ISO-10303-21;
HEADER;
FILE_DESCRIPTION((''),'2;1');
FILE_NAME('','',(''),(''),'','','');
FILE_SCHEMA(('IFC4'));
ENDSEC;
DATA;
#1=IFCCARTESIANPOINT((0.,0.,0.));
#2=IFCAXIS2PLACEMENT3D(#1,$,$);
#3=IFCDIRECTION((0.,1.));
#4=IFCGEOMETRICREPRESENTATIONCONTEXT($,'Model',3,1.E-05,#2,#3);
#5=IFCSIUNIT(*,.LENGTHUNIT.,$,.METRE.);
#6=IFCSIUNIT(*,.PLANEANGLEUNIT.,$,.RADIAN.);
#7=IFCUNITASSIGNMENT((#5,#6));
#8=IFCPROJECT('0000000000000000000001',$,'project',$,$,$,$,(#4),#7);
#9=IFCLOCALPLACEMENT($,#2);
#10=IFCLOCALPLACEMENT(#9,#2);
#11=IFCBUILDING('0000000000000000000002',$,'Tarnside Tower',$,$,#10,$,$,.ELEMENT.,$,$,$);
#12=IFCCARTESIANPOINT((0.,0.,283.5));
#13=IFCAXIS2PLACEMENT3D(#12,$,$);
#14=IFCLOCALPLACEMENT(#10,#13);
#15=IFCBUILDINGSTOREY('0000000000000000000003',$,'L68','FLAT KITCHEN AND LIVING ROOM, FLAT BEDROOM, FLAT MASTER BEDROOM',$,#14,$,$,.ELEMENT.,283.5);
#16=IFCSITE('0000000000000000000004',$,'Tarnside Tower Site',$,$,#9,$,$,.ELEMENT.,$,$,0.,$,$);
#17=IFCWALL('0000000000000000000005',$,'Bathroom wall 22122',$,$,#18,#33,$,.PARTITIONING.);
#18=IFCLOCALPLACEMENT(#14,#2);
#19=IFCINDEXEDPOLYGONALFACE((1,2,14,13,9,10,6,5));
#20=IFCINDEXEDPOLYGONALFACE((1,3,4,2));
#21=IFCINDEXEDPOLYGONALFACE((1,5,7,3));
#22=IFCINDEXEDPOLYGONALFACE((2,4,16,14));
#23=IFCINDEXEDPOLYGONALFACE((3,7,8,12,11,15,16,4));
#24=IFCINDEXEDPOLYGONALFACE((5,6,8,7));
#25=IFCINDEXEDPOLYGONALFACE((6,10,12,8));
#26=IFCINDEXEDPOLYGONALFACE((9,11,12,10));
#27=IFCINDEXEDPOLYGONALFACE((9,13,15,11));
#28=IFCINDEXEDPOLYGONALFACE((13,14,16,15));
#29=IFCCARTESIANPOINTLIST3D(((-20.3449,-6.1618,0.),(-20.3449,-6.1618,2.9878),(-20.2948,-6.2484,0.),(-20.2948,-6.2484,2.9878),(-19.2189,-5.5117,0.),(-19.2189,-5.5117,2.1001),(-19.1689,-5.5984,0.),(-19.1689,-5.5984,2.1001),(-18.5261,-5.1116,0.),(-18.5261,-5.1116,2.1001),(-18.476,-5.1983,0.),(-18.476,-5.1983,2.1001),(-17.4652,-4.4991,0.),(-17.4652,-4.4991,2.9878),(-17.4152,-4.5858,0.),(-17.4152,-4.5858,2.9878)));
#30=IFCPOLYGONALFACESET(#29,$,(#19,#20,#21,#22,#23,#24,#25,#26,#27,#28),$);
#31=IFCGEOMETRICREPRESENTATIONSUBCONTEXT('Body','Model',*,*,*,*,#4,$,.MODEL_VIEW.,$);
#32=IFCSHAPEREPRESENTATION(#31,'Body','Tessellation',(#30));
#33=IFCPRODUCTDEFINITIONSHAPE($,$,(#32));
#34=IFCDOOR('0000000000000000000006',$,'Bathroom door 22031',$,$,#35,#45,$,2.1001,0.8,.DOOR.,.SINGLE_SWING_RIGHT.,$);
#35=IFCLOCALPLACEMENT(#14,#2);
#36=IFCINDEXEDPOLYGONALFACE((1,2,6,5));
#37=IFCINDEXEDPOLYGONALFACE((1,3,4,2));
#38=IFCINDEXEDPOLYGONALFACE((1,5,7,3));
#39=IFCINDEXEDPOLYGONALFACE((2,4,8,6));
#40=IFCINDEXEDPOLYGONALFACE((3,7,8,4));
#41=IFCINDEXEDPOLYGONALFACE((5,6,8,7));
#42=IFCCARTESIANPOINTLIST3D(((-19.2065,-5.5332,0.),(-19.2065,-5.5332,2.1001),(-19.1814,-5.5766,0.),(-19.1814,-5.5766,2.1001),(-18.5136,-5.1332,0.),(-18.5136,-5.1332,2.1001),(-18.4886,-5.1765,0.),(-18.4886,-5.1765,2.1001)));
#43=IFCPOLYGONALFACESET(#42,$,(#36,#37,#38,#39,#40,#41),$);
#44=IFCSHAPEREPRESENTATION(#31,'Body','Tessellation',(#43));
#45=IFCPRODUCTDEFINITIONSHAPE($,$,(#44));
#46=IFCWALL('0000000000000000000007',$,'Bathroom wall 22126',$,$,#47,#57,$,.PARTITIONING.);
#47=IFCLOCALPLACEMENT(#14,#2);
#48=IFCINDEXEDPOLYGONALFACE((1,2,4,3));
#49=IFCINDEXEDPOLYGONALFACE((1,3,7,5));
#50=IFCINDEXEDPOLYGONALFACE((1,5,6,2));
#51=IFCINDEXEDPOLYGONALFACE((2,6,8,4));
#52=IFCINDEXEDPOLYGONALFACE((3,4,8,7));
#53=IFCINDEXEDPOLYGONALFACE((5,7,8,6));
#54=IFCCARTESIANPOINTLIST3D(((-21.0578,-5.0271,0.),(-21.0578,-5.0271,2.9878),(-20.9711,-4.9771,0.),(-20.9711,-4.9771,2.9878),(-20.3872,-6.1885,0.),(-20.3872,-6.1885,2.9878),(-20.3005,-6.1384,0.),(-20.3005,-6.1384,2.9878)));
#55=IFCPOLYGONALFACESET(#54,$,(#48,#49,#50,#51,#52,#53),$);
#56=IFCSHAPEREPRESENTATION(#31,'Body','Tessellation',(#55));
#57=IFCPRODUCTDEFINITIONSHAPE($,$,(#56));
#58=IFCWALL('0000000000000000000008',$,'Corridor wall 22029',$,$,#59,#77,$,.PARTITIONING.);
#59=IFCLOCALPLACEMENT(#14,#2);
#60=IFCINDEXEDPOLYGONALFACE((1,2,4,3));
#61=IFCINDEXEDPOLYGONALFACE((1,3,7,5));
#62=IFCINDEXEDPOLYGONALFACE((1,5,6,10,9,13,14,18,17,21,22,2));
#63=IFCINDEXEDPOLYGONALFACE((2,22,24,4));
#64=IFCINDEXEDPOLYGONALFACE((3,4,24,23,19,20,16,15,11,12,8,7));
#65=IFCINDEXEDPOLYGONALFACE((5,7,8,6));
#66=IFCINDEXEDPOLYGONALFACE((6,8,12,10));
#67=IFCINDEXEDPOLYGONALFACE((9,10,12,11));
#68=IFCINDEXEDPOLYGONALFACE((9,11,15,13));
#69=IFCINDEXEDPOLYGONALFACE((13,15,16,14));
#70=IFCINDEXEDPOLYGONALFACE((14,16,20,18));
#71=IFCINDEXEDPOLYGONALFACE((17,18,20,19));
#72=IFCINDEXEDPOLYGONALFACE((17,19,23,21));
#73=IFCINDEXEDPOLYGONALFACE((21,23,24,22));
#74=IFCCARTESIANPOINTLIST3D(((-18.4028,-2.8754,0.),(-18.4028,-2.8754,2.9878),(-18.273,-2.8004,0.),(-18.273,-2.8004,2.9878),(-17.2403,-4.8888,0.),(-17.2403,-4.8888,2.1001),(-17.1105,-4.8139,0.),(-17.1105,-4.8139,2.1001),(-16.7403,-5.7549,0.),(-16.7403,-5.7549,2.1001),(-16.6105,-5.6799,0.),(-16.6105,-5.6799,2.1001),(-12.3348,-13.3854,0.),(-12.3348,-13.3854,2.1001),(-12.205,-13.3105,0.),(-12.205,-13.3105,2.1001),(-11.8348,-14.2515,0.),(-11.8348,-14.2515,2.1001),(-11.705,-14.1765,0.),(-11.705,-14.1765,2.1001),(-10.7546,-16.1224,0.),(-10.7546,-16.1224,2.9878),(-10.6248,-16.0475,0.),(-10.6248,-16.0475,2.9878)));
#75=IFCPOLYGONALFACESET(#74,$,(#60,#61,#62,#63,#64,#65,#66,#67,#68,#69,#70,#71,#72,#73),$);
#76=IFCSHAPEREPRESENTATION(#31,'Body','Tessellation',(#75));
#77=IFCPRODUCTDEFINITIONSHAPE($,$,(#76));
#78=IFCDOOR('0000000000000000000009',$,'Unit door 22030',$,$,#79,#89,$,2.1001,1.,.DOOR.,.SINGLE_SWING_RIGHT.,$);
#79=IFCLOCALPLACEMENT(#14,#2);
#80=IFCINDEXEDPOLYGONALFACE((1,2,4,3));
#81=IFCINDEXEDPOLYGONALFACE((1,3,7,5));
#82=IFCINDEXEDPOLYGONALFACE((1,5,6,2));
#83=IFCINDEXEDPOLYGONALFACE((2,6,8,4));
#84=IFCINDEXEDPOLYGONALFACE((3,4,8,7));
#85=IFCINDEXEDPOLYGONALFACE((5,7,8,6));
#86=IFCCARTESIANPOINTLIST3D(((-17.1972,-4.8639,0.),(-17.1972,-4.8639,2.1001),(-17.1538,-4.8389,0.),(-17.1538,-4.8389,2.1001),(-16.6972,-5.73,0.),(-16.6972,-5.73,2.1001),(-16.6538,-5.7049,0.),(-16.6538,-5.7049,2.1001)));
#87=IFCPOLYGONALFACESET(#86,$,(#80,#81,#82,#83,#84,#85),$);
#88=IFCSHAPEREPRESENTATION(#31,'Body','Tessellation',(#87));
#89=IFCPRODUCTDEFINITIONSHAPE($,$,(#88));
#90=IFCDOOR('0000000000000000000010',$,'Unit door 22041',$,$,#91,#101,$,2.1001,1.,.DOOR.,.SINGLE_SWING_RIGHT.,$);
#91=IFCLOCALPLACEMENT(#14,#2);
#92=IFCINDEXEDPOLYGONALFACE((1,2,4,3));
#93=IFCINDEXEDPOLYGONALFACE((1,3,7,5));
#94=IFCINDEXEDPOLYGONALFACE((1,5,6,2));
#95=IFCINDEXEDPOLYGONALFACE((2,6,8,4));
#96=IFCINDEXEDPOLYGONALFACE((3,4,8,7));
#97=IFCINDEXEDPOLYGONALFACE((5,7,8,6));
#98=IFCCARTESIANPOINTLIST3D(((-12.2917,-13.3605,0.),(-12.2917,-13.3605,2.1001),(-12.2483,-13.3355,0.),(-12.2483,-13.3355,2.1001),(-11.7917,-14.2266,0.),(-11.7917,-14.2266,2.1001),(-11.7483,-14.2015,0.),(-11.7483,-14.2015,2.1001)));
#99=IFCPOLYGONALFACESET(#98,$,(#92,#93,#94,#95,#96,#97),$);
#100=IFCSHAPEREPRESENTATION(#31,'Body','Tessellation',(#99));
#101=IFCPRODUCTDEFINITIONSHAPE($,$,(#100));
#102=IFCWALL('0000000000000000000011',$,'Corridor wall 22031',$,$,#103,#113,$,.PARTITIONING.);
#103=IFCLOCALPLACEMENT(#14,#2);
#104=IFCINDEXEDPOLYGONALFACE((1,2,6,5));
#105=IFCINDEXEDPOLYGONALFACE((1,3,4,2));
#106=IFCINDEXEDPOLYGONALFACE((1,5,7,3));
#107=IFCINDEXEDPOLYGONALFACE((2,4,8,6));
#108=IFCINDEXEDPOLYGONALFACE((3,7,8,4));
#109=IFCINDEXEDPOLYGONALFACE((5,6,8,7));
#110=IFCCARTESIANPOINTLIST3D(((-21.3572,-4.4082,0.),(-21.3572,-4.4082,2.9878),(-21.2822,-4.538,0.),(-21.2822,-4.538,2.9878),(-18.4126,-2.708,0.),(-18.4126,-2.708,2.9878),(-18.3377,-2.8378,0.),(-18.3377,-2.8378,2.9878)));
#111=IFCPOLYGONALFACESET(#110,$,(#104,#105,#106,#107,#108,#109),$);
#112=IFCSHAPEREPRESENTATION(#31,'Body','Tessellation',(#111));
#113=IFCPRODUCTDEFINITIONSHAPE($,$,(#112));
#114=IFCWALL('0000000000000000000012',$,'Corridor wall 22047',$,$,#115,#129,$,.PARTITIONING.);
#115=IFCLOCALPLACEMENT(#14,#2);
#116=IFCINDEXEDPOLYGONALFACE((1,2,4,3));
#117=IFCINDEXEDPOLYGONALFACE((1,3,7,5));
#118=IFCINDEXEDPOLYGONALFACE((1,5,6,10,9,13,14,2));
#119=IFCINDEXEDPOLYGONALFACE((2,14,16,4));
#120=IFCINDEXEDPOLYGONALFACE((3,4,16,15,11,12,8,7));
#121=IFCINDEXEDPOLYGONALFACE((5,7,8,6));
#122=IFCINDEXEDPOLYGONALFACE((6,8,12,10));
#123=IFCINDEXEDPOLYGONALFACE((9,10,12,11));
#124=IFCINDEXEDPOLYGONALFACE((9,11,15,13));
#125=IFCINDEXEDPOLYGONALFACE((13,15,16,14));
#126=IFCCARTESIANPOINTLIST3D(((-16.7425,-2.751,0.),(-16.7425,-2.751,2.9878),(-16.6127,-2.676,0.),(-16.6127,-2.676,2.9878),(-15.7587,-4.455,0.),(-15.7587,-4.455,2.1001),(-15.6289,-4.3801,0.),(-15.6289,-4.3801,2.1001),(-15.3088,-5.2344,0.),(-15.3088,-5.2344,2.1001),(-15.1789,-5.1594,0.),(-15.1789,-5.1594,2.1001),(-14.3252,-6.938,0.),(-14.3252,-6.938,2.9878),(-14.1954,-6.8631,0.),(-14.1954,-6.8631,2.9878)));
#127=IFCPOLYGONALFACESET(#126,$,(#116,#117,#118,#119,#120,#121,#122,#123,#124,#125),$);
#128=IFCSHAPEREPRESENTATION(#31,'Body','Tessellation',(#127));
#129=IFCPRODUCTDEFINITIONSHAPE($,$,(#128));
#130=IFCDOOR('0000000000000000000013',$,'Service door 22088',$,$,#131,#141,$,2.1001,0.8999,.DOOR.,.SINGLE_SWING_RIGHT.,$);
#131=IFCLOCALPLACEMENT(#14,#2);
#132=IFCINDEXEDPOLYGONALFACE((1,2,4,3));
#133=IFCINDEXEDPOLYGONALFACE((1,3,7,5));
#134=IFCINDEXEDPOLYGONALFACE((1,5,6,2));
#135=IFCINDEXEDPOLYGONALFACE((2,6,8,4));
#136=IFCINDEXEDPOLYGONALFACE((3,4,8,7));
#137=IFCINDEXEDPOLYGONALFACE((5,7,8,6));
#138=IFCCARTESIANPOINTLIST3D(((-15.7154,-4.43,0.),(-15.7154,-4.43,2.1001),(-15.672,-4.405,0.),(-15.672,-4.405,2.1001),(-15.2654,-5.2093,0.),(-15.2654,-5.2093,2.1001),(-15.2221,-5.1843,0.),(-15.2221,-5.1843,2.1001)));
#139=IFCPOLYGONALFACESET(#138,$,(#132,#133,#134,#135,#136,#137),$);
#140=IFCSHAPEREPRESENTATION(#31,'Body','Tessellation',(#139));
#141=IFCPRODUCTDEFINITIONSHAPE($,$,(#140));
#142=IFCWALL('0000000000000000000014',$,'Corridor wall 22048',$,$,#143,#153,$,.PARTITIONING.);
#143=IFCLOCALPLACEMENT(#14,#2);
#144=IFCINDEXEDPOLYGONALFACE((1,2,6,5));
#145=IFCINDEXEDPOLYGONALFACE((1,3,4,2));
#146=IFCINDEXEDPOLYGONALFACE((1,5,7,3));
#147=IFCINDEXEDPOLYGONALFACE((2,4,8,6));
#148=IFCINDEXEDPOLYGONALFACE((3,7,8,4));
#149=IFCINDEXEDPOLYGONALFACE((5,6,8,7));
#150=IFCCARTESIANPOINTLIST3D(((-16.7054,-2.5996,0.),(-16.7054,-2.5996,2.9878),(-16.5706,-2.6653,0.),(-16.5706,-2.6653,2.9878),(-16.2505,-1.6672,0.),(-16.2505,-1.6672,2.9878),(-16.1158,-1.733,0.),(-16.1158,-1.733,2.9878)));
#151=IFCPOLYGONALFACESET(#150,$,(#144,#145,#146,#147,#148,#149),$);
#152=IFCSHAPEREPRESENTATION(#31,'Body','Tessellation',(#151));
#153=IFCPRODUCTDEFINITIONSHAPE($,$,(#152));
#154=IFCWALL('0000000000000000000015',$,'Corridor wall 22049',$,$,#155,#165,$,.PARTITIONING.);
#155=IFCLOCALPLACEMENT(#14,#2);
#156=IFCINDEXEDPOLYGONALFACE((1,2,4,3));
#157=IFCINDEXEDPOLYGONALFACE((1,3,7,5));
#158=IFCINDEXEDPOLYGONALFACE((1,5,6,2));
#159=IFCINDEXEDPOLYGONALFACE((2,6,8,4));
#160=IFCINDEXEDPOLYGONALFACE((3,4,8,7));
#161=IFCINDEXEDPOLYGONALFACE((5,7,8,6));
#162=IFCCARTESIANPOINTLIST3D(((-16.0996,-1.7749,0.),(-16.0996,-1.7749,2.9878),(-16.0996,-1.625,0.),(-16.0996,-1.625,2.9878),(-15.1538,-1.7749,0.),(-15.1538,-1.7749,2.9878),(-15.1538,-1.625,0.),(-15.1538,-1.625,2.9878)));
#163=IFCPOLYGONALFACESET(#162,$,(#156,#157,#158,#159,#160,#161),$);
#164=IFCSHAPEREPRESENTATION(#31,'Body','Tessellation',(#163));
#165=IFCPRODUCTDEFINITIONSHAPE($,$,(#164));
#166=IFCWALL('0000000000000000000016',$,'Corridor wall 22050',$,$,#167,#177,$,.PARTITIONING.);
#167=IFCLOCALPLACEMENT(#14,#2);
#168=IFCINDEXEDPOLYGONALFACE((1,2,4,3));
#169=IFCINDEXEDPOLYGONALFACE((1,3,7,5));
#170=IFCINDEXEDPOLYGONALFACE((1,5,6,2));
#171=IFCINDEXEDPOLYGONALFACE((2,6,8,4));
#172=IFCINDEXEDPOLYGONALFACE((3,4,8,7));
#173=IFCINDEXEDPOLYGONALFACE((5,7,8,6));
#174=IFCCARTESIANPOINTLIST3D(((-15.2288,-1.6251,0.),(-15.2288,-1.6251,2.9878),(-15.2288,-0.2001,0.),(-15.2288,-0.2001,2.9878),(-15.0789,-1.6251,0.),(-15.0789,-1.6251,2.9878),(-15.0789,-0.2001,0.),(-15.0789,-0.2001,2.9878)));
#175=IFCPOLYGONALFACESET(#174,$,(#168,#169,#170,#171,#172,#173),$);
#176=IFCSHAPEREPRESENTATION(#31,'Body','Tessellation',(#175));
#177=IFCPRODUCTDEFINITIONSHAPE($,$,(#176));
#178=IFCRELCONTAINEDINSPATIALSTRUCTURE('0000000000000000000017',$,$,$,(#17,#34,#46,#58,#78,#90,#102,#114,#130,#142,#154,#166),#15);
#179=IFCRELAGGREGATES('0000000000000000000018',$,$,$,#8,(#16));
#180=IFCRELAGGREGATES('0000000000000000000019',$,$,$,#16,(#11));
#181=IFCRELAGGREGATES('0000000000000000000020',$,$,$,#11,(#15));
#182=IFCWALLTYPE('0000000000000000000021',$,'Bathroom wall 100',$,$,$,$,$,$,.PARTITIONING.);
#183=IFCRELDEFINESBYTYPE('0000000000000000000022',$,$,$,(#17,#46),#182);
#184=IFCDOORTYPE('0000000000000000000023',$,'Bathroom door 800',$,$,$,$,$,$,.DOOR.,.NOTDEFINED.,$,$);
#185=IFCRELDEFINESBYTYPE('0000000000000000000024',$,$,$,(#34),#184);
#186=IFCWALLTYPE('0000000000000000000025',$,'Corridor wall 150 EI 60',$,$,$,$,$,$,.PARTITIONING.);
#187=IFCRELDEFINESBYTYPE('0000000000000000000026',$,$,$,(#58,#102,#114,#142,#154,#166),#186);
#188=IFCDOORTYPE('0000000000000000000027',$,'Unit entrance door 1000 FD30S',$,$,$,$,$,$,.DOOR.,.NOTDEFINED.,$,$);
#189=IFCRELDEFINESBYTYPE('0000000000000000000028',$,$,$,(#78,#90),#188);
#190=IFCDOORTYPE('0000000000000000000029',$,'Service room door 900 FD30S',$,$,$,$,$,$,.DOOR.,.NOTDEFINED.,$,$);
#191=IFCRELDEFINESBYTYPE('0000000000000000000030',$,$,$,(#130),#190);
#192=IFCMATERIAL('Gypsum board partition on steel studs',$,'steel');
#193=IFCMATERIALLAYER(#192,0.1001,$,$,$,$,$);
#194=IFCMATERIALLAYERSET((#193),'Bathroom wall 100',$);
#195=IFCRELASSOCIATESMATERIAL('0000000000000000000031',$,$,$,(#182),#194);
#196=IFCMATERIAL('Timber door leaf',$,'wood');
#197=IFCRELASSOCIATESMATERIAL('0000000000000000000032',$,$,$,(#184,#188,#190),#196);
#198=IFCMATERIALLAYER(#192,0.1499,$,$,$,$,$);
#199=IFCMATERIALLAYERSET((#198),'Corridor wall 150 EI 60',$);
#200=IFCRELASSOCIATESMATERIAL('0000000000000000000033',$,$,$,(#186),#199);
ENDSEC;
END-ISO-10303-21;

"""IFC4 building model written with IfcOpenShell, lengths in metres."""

from ifc_helpers import new_model, si_unit, direction, frame, frame_2d, origin, place, context, subcontext, project, spatial, rectangle, extrude, material, layer, layer_set, type_object, element, fill, save


model = new_model("IFC4")

# Units and contexts
model_context = context("Model", 3, precision=1e-05, world=origin(), true_north=direction((0.0, 1.0)))
body_context = subcontext(model_context, "Body", "Model", "MODEL_VIEW")
ifc_project = project(units=[si_unit("LENGTHUNIT", "METRE"), si_unit("PLANEANGLEUNIT", "RADIAN")], contexts=[model_context])

# Site, building, storey
site_placement = place(None, origin())
site = spatial("IfcSite", under=ifc_project, at=site_placement, Name="Tarnside Tower Site", CompositionType="ELEMENT", RefElevation=0.0)
building_placement = place(site_placement, origin())
building = spatial("IfcBuilding", under=site, at=building_placement, Name="Tarnside Tower", CompositionType="ELEMENT")
storey_placement = place(building_placement, frame((0.0, 0.0, 283.5)))
storey = spatial("IfcBuildingStorey", under=building, at=storey_placement, Name="L68", Description="FLAT KITCHEN AND LIVING ROOM, FLAT BEDROOM, FLAT MASTER BEDROOM", CompositionType="ELEMENT", Elevation=283.5)

# Wall, opening, door
ifc_material_1 = material(Name="Gypsum board partition on steel studs", Category="steel")
ifc_layer_1 = layer(ifc_material_1, 0.1001)
ifc_layer_set_1 = layer_set([ifc_layer_1], Name="Bathroom wall 100")
wall_type_1 = type_object("IfcWallType", Name="Bathroom wall 100", PredefinedType="PARTITIONING", material=ifc_layer_set_1)
wall_1_placement = place(storey_placement, frame((-17.4402, -4.5425, 0.0), z_axis=(0.0, 0.0, 1.0), x_axis=(-0.866021, -0.500008, 0.0)))
wall_1 = element("IfcWall", 1, at=wall_1_placement, inside=storey, type_object=wall_type_1, Name="Bathroom wall 22122", PredefinedType="PARTITIONING", context=body_context, shape_type="SweptSolid", body=[
    extrude(rectangle(XDim=3.3252, YDim=0.1001, at=frame_2d((1.6626, 0.0))), origin(), (0.0, 0.0, 1.0), 2.9878),
])
opening_1_placement = place(wall_1_placement, frame((1.2251, 0.0, 0.0)))
opening_1 = element("IfcOpeningElement", 2, at=opening_1_placement, cuts=wall_1, PredefinedType="OPENING", context=body_context, shape_type="SweptSolid", body=[
    extrude(rectangle(XDim=0.8, YDim=2.1001, at=frame_2d((0.3999, 1.05))), frame((0.0, 0.0601, 0.0), z_axis=(0.0, -1.0, 0.0), x_axis=(1.0, 0.0, 0.0)), (0.0, 0.0, 1.0), 0.1201),
])
ifc_material_2 = material(Name="Timber door leaf", Category="wood")
door_type_1 = type_object("IfcDoorType", Name="Bathroom door 800", OperationType="NOTDEFINED", PredefinedType="DOOR", material=ifc_material_2)
door_1_placement = place(opening_1_placement, origin())
door_1 = element("IfcDoor", 3, at=door_1_placement, inside=storey, type_object=door_type_1, Name="Bathroom door 22031", OperationType="SINGLE_SWING_RIGHT", OverallHeight=2.1001, OverallWidth=0.8, PredefinedType="DOOR", context=body_context, shape_type="SweptSolid", body=[
    extrude(rectangle(XDim=0.8, YDim=2.1001, at=frame_2d((0.3999, 1.05))), frame((0.0, 0.0249, 0.0), z_axis=(0.0, -1.0, 0.0), x_axis=(1.0, 0.0, 0.0)), (0.0, 0.0, 1.0), 0.05),
])
fill(opening_1, door_1)

# Wall
wall_2_placement = place(storey_placement, frame((-21.0144, -5.0022, 0.0), z_axis=(0.0, 0.0, 1.0), x_axis=(0.500074, -0.865982, 0.0)))
element("IfcWall", 4, at=wall_2_placement, inside=storey, type_object=wall_type_1, Name="Bathroom wall 22126", PredefinedType="PARTITIONING", context=body_context, shape_type="SweptSolid", body=[
    extrude(rectangle(XDim=1.3411, YDim=0.1001, at=frame_2d((0.6704, 0.0))), origin(), (0.0, 0.0, 1.0), 2.9878),
])

# Wall, openings, doors
ifc_layer_2 = layer(ifc_material_1, 0.1499)
ifc_layer_set_2 = layer_set([ifc_layer_2], Name="Corridor wall 150 EI 60")
wall_type_2 = type_object("IfcWallType", Name="Corridor wall 150 EI 60", PredefinedType="PARTITIONING", material=ifc_layer_set_2)
wall_3_placement = place(storey_placement, frame((-18.3379, -2.8379, 0.0), z_axis=(0.0, 0.0, 1.0), x_axis=(0.5, -0.866026, 0.0)))
wall_3 = element("IfcWall", 5, at=wall_3_placement, inside=storey, type_object=wall_type_2, Name="Corridor wall 22029", PredefinedType="PARTITIONING", context=body_context, shape_type="SweptSolid", body=[
    extrude(rectangle(XDim=15.2964, YDim=0.1499, at=frame_2d((7.6482, 0.0))), origin(), (0.0, 0.0, 1.0), 2.9878),
])
opening_2_placement = place(wall_3_placement, frame((2.325, 0.0, 0.0)))
opening_2 = element("IfcOpeningElement", 6, at=opening_2_placement, cuts=wall_3, PredefinedType="OPENING", context=body_context, shape_type="SweptSolid", body=[
    extrude(rectangle(XDim=1.0, YDim=2.1001, at=frame_2d((0.5, 1.05))), frame((0.0, 0.085, 0.0), z_axis=(0.0, -1.0, 0.0), x_axis=(1.0, 0.0, 0.0)), (0.0, 0.0, 1.0), 0.1699),
])
opening_3_placement = place(wall_3_placement, frame((12.136, 0.0, 0.0)))
opening_3 = element("IfcOpeningElement", 7, at=opening_3_placement, cuts=wall_3, PredefinedType="OPENING", context=body_context, shape_type="SweptSolid", body=[
    extrude(rectangle(XDim=1.0, YDim=2.1001, at=frame_2d((0.5, 1.05))), frame((0.0, 0.085, 0.0), z_axis=(0.0, -1.0, 0.0), x_axis=(1.0, 0.0, 0.0)), (0.0, 0.0, 1.0), 0.1699),
])
door_type_2 = type_object("IfcDoorType", Name="Unit entrance door 1000 FD30S", OperationType="NOTDEFINED", PredefinedType="DOOR", material=ifc_material_2)
door_2_placement = place(opening_2_placement, origin())
door_2 = element("IfcDoor", 8, at=door_2_placement, inside=storey, type_object=door_type_2, Name="Unit door 22030", OperationType="SINGLE_SWING_RIGHT", OverallHeight=2.1001, OverallWidth=1.0, PredefinedType="DOOR", context=body_context, shape_type="SweptSolid", body=[
    extrude(rectangle(XDim=1.0, YDim=2.1001, at=frame_2d((0.5, 1.05))), frame((0.0, 0.0249, 0.0), z_axis=(0.0, -1.0, 0.0), x_axis=(1.0, 0.0, 0.0)), (0.0, 0.0, 1.0), 0.05),
])
fill(opening_2, door_2)
door_3_placement = place(opening_3_placement, origin())
door_3 = element("IfcDoor", 9, at=door_3_placement, inside=storey, type_object=door_type_2, Name="Unit door 22041", OperationType="SINGLE_SWING_RIGHT", OverallHeight=2.1001, OverallWidth=1.0, PredefinedType="DOOR", context=body_context, shape_type="SweptSolid", body=[
    extrude(rectangle(XDim=1.0, YDim=2.1001, at=frame_2d((0.5, 1.05))), frame((0.0, 0.0249, 0.0), z_axis=(0.0, -1.0, 0.0), x_axis=(1.0, 0.0, 0.0)), (0.0, 0.0, 1.0), 0.05),
])
fill(opening_3, door_3)

# Wall
wall_4_placement = place(storey_placement, frame((-21.3198, -4.4731, 0.0), z_axis=(0.0, 0.0, 1.0), x_axis=(0.866007, 0.500031, 0.0)))
element("IfcWall", 10, at=wall_4_placement, inside=storey, type_object=wall_type_2, Name="Corridor wall 22031", PredefinedType="PARTITIONING", context=body_context, shape_type="SweptSolid", body=[
    extrude(rectangle(XDim=3.4001, YDim=0.1499, at=frame_2d((1.7002, 0.0))), origin(), (0.0, 0.0, 1.0), 2.9878),
])

# Wall, opening, door
wall_5_placement = place(storey_placement, frame((-14.2603, -6.9006, 0.0), z_axis=(0.0, 0.0, 1.0), x_axis=(-0.499979, 0.866038, 0.0)))
wall_5 = element("IfcWall", 11, at=wall_5_placement, inside=storey, type_object=wall_type_2, Name="Corridor wall 22047", PredefinedType="PARTITIONING", context=body_context, shape_type="SweptSolid", body=[
    extrude(rectangle(XDim=4.8347, YDim=0.1499, at=frame_2d((2.4175, 0.0))), origin(), (0.0, 0.0, 1.0), 2.9878),
])
opening_4_placement = place(wall_5_placement, frame((1.9673, 0.0, 0.0)))
opening_4 = element("IfcOpeningElement", 12, at=opening_4_placement, cuts=wall_5, PredefinedType="OPENING", context=body_context, shape_type="SweptSolid", body=[
    extrude(rectangle(XDim=0.8999, YDim=2.1001, at=frame_2d((0.45, 1.05))), frame((0.0, 0.085, 0.0), z_axis=(0.0, -1.0, 0.0), x_axis=(1.0, 0.0, 0.0)), (0.0, 0.0, 1.0), 0.1699),
])
door_type_3 = type_object("IfcDoorType", Name="Service room door 900 FD30S", OperationType="NOTDEFINED", PredefinedType="DOOR", material=ifc_material_2)
door_4_placement = place(opening_4_placement, origin())
door_4 = element("IfcDoor", 13, at=door_4_placement, inside=storey, type_object=door_type_3, Name="Service door 22088", OperationType="SINGLE_SWING_RIGHT", OverallHeight=2.1001, OverallWidth=0.8999, PredefinedType="DOOR", context=body_context, shape_type="SweptSolid", body=[
    extrude(rectangle(XDim=0.8999, YDim=2.1001, at=frame_2d((0.45, 1.05))), frame((0.0, 0.0249, 0.0), z_axis=(0.0, -1.0, 0.0), x_axis=(1.0, 0.0, 0.0)), (0.0, 0.0, 1.0), 0.05),
])
fill(opening_4, door_4)

# Walls
wall_6_placement = place(storey_placement, frame((-16.6379, -2.6323, 0.0), z_axis=(0.0, 0.0, 1.0), x_axis=(0.438438, 0.898762, 0.0)))
element("IfcWall", 14, at=wall_6_placement, inside=storey, type_object=wall_type_2, Name="Corridor wall 22048", PredefinedType="PARTITIONING", context=body_context, shape_type="SweptSolid", body=[
    extrude(rectangle(XDim=1.0374, YDim=0.1499, at=frame_2d((0.5186, 0.0))), origin(), (0.0, 0.0, 1.0), 2.9878),
])
wall_7_placement = place(storey_placement, frame((-16.0996, -1.7, 0.0), z_axis=(0.0, 0.0, 1.0), x_axis=(1.0, 0.0, 0.0)))
element("IfcWall", 15, at=wall_7_placement, inside=storey, type_object=wall_type_2, Name="Corridor wall 22049", PredefinedType="PARTITIONING", context=body_context, shape_type="SweptSolid", body=[
    extrude(rectangle(XDim=0.9458, YDim=0.1499, at=frame_2d((0.4729, 0.0))), origin(), (0.0, 0.0, 1.0), 2.9878),
])
wall_8_placement = place(storey_placement, frame((-15.1538, -1.625, 0.0), z_axis=(0.0, 0.0, 1.0), x_axis=(0.0, 1.0, 0.0)))
element("IfcWall", 16, at=wall_8_placement, inside=storey, type_object=wall_type_2, Name="Corridor wall 22050", PredefinedType="PARTITIONING", context=body_context, shape_type="SweptSolid", body=[
    extrude(rectangle(XDim=1.425, YDim=0.1499, at=frame_2d((0.7124, 0.0))), origin(), (0.0, 0.0, 1.0), 2.9878),
])

save(model, "model.ifc")
